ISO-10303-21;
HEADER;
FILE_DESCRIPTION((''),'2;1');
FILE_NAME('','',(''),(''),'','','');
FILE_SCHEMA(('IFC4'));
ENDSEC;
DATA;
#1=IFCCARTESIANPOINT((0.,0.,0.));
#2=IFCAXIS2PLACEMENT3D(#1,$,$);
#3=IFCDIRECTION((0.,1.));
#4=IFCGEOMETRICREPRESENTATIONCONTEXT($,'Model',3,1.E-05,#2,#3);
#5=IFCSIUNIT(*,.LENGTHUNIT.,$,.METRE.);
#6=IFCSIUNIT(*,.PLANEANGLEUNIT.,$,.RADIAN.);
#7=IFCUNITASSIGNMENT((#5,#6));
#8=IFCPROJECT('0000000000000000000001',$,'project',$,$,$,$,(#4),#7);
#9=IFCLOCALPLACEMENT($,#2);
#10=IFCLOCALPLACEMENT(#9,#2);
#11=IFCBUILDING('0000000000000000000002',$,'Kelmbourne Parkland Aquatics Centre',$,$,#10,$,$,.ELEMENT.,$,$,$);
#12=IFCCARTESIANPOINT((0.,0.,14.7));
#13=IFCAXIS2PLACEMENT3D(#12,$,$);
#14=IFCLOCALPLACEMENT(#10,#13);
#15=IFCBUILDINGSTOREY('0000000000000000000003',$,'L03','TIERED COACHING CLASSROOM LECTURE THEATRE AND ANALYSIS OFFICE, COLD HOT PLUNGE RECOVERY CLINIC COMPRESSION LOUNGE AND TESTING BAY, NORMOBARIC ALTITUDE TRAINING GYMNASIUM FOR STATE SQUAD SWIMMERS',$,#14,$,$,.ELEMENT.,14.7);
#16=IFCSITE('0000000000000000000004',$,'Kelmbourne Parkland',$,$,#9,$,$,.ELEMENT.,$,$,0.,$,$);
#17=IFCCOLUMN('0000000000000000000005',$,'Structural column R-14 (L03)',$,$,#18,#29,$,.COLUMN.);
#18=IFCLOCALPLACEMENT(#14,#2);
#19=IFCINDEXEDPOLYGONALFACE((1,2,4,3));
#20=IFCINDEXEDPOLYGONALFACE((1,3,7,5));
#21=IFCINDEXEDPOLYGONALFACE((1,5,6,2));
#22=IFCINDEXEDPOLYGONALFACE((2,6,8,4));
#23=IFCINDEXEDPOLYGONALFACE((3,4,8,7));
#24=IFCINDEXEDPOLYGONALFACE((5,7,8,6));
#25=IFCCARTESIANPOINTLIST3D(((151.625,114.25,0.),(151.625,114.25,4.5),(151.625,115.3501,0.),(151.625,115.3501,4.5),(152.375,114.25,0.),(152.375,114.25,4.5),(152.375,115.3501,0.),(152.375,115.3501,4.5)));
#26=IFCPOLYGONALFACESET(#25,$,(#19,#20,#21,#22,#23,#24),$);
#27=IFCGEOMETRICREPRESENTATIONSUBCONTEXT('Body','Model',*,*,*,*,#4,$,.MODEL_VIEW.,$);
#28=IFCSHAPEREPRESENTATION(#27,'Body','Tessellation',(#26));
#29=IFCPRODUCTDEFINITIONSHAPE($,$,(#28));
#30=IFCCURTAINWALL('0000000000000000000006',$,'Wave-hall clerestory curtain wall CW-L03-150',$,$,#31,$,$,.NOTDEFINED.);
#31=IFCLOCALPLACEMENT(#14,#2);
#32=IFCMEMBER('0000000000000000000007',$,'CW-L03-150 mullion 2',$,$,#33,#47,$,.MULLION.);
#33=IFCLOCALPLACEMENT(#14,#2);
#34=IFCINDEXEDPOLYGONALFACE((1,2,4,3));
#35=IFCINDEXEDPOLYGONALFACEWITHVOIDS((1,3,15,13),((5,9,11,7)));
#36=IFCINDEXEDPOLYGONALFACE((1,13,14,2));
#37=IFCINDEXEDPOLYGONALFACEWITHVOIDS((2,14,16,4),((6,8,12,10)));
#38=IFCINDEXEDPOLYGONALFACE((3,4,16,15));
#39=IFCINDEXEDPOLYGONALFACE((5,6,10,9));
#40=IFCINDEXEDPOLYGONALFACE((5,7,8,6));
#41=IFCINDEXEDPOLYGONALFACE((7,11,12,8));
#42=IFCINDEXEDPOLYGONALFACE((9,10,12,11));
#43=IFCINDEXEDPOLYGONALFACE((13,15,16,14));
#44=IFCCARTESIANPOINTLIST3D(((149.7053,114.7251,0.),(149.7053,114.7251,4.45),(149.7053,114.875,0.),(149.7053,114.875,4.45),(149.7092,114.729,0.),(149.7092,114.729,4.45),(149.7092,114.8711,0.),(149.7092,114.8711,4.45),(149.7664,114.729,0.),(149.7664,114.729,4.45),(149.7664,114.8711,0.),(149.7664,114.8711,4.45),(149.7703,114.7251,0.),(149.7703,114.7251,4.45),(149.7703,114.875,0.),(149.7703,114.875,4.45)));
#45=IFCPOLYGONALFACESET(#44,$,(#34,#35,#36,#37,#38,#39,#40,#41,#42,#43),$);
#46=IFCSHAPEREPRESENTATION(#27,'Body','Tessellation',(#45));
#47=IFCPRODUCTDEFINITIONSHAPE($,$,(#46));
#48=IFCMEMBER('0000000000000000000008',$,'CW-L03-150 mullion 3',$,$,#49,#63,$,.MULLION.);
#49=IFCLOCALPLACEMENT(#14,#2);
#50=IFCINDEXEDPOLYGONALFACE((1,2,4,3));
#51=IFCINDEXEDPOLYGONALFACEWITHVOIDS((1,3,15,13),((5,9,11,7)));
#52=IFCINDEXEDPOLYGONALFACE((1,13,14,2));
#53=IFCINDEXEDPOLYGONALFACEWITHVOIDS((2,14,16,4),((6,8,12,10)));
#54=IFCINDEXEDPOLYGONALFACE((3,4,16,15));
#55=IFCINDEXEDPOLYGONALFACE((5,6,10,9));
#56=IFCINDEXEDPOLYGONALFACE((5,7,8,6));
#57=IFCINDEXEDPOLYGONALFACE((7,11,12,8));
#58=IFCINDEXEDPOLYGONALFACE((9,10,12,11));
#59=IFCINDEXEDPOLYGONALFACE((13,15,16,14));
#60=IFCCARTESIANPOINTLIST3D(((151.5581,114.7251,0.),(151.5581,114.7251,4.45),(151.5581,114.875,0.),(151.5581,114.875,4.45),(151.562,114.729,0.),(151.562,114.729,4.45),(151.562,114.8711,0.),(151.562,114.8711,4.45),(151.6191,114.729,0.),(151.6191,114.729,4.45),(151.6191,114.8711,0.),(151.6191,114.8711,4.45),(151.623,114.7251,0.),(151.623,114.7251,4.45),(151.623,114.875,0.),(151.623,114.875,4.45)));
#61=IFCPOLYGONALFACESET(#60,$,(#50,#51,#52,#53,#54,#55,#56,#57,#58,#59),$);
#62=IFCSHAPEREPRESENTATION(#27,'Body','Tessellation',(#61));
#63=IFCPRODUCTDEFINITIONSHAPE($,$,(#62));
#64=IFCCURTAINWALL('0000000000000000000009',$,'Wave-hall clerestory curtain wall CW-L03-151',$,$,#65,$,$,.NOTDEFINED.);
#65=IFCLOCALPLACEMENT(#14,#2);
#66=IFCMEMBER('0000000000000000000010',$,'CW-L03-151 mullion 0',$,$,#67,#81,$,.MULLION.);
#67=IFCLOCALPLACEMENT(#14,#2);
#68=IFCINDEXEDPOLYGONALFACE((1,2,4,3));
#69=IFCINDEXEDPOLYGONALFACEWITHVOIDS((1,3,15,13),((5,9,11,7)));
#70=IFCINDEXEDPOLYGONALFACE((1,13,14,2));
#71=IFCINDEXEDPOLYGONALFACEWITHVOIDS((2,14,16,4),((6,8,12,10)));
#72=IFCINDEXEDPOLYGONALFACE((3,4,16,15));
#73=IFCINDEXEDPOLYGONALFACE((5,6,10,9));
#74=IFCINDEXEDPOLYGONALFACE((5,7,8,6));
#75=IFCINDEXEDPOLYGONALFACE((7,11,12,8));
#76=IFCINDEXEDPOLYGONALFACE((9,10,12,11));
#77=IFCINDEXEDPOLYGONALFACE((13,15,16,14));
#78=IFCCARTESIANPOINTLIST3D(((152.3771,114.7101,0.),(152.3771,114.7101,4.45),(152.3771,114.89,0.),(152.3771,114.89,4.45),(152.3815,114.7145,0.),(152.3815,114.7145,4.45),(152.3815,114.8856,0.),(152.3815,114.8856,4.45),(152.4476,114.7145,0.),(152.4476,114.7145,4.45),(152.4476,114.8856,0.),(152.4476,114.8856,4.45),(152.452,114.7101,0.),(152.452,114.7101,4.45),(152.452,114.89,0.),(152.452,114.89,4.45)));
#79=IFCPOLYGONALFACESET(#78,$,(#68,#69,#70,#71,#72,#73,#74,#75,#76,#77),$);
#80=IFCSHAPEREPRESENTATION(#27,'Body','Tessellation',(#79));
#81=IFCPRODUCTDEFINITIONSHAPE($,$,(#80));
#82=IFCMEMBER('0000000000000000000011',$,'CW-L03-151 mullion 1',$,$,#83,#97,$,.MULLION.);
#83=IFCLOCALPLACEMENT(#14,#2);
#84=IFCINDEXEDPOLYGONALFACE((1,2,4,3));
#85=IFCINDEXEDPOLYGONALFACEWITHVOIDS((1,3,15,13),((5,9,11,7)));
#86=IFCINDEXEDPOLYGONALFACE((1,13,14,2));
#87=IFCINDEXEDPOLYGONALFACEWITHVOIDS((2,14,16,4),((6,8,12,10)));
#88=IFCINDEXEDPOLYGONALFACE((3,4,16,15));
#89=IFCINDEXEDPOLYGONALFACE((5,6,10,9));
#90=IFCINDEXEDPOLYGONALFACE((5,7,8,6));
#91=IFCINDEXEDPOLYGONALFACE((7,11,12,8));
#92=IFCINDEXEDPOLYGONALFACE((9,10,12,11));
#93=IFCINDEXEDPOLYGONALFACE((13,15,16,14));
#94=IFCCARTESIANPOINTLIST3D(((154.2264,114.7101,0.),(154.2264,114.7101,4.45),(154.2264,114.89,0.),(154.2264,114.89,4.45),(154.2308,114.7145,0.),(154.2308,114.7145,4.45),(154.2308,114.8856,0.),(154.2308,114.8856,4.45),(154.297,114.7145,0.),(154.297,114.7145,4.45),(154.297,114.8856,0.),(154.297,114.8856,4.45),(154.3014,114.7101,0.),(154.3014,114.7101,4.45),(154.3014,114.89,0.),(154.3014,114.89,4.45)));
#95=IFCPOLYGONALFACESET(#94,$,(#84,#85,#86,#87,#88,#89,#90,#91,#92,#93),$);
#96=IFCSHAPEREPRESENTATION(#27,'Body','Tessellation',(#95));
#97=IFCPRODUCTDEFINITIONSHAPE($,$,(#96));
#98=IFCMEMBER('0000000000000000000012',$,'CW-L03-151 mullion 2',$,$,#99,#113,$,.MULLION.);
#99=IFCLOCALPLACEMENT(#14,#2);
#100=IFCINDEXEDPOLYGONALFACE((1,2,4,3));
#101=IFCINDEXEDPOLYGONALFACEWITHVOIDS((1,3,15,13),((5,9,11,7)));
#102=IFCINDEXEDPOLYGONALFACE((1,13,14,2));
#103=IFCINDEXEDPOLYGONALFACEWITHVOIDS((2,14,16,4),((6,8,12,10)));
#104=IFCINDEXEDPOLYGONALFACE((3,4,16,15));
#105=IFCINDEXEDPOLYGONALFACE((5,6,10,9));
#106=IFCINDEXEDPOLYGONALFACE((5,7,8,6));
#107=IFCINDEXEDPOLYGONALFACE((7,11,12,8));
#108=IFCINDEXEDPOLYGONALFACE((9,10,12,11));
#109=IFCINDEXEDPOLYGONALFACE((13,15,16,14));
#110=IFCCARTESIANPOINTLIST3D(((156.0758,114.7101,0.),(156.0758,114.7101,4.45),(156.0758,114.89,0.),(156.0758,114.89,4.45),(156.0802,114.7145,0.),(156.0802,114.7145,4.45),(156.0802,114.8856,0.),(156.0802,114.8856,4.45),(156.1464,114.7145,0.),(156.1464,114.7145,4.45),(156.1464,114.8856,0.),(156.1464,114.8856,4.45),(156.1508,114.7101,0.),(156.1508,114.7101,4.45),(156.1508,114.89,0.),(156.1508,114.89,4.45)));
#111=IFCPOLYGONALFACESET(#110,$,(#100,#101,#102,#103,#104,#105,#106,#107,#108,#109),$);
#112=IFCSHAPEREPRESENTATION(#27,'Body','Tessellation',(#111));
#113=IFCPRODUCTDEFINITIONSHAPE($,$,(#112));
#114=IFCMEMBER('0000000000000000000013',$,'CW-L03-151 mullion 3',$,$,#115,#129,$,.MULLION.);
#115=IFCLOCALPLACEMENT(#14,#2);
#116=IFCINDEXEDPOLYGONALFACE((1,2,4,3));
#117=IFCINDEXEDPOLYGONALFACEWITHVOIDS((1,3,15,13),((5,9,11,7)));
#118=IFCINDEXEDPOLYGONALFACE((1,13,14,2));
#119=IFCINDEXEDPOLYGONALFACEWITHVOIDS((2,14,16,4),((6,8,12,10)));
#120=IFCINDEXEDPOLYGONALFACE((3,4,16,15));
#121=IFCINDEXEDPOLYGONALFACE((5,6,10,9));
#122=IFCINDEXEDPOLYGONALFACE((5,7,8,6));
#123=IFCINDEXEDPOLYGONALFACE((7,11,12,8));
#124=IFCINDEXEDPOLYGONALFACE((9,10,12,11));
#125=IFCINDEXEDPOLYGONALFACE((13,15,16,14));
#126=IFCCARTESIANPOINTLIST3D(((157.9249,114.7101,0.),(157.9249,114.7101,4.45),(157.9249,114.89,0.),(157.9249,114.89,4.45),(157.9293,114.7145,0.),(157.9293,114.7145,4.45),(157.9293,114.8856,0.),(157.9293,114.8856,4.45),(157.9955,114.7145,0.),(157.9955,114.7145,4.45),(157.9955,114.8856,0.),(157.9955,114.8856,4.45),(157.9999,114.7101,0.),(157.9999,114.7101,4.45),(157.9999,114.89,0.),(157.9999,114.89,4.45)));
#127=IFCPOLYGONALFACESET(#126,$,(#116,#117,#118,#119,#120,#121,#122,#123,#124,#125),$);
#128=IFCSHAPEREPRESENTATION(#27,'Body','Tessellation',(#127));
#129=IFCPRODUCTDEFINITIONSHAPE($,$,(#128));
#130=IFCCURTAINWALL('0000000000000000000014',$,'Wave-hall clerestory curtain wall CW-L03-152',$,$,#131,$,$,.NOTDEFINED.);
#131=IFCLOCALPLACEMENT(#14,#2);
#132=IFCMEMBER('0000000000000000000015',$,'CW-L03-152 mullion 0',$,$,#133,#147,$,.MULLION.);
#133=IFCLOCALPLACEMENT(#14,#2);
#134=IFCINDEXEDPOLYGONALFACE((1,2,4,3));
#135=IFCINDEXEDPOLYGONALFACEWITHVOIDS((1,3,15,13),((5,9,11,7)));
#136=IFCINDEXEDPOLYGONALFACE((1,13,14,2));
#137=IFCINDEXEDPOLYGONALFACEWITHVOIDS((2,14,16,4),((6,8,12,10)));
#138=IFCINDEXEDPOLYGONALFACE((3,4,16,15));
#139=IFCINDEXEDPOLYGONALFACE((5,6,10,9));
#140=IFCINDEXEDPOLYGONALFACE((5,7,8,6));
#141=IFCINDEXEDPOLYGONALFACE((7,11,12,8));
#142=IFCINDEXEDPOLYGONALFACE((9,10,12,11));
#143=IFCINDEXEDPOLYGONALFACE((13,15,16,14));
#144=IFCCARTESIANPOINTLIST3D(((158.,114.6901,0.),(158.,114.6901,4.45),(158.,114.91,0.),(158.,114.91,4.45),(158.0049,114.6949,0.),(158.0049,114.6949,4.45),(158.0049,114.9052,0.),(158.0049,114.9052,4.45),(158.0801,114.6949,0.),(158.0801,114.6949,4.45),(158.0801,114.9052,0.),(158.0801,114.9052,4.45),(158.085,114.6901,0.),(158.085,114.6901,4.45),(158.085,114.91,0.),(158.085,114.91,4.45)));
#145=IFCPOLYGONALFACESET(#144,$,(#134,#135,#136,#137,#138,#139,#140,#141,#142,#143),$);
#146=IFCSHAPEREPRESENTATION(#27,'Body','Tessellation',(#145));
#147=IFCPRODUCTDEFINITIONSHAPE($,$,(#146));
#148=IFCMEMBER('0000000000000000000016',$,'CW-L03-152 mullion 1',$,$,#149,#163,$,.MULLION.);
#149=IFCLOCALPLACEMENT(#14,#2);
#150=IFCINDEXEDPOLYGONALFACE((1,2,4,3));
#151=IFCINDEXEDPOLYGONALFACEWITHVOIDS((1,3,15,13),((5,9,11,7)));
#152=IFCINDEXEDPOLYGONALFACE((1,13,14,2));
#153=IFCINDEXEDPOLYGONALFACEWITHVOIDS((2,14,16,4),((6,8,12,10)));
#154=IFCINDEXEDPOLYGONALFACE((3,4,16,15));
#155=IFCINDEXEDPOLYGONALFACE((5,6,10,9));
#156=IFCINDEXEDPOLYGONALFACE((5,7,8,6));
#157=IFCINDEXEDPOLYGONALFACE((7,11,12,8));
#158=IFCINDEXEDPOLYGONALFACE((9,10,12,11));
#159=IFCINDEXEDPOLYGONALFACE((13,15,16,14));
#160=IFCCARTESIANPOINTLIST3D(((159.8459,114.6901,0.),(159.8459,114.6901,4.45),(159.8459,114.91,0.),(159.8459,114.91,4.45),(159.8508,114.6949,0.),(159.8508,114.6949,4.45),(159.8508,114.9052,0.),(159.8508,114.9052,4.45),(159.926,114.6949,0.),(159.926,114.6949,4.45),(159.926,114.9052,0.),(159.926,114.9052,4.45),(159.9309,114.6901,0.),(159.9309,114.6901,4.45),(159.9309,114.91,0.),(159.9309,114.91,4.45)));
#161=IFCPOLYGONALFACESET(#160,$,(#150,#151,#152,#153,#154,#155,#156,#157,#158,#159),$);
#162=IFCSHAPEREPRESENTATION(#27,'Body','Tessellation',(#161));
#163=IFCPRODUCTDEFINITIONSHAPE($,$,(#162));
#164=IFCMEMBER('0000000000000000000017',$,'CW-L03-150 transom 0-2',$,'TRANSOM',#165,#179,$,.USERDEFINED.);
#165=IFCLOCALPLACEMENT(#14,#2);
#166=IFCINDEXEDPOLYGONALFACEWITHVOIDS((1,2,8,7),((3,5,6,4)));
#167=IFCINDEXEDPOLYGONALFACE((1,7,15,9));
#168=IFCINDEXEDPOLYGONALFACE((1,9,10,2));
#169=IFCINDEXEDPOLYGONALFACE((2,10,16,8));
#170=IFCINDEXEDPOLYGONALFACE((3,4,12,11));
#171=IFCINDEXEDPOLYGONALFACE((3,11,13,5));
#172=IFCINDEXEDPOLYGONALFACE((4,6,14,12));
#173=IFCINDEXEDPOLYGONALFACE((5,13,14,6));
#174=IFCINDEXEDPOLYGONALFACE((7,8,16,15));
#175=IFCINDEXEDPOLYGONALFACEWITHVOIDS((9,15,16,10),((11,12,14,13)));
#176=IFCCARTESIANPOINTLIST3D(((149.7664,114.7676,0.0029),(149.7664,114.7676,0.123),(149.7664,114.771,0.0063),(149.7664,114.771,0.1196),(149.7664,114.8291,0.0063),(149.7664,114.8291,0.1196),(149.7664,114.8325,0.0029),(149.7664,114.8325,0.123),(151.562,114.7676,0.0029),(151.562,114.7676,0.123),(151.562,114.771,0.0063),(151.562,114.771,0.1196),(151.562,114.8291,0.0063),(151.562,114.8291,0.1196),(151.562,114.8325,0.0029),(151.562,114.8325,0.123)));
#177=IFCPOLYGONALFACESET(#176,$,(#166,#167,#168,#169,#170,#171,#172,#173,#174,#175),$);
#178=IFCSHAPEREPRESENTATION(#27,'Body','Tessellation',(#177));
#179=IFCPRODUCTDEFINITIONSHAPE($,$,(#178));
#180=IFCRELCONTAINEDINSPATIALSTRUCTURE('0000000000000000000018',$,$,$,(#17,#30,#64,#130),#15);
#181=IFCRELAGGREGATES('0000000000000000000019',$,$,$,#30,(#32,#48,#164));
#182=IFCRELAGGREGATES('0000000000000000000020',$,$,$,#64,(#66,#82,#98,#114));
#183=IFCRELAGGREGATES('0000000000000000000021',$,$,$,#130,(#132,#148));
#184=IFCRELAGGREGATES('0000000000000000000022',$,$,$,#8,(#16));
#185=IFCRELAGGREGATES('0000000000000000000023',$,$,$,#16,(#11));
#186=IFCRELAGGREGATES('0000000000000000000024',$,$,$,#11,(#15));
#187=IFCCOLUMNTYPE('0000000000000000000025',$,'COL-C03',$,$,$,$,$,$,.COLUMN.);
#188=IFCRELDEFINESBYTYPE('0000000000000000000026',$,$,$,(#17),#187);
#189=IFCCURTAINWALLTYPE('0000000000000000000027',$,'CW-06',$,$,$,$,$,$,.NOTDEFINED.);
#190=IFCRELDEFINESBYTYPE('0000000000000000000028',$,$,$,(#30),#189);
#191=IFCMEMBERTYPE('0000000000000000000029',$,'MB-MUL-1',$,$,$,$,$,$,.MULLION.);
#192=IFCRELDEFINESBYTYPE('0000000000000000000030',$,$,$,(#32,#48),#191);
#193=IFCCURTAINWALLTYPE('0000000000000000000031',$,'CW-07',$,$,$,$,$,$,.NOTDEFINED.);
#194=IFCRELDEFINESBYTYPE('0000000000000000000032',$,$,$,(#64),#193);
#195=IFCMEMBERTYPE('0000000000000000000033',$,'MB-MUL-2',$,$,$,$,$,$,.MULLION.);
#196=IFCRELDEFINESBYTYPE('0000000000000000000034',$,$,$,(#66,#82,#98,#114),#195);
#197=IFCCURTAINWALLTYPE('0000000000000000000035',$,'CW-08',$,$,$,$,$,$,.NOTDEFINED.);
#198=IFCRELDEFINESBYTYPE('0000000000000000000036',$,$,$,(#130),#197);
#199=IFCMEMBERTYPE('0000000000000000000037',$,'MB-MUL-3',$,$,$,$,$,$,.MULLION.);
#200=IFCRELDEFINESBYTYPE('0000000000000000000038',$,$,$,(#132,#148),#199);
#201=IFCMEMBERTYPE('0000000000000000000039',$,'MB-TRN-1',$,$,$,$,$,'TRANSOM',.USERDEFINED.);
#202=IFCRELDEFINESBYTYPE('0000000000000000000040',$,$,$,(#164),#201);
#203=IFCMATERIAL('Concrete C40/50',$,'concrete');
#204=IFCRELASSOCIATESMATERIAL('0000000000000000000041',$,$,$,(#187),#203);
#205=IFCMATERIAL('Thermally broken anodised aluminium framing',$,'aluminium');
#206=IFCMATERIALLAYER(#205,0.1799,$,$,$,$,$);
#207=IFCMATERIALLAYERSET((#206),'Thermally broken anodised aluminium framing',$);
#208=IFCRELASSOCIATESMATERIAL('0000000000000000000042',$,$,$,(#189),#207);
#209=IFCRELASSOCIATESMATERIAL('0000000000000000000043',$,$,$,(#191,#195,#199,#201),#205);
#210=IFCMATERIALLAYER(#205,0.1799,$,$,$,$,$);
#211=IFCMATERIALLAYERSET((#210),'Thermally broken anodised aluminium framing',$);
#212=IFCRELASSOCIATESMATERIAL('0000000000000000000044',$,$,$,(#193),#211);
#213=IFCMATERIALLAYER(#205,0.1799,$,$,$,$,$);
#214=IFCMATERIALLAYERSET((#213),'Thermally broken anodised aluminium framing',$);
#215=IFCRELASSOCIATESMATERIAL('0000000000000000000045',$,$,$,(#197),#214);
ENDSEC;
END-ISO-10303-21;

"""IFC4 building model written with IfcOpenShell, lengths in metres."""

from ifc_helpers import new_model, si_unit, direction, frame, origin, origin_2d, place, context, subcontext, project, spatial, rectangle, hollow_rectangle, extrude, material, layer, layer_set, material_profile, profile_set, type_object, element, aggregate, save


model = new_model("IFC4")

# Units and contexts
model_context = context("Model", 3, precision=1e-05, world=origin(), true_north=direction((0.0, 1.0)))
body_context = subcontext(model_context, "Body", "Model", "MODEL_VIEW")
ifc_project = project(units=[si_unit("LENGTHUNIT", "METRE"), si_unit("PLANEANGLEUNIT", "RADIAN")], contexts=[model_context])

# Site, building, storey
site_placement = place(None, origin())
site = spatial("IfcSite", under=ifc_project, at=site_placement, Name="Kelmbourne Parkland", CompositionType="ELEMENT", RefElevation=0.0)
building_placement = place(site_placement, origin())
building = spatial("IfcBuilding", under=site, at=building_placement, Name="Kelmbourne Parkland Aquatics Centre", CompositionType="ELEMENT")
storey_placement = place(building_placement, frame((0.0, 0.0, 14.7)))
storey = spatial("IfcBuildingStorey", under=building, at=storey_placement, Name="L03", Description="TIERED COACHING CLASSROOM LECTURE THEATRE AND ANALYSIS OFFICE, COLD HOT PLUNGE RECOVERY CLINIC COMPRESSION LOUNGE AND TESTING BAY, NORMOBARIC ALTITUDE TRAINING GYMNASIUM FOR STATE SQUAD SWIMMERS", CompositionType="ELEMENT", Elevation=14.7)

# Column
ifc_material_1 = material(Name="Concrete C40/50", Category="concrete")
ifc_material_profile_1 = material_profile(ifc_material_1, rectangle(XDim=0.75, YDim=1.1001, at=origin_2d()), Name="RC 750x1100")
ifc_profile_set_1 = profile_set([ifc_material_profile_1], Name="Concrete C40/50")
column_type = type_object("IfcColumnType", Name="COL-C03", PredefinedType="COLUMN", material=ifc_profile_set_1)
column_placement = place(storey_placement, frame((152.0, 114.8, 0.0), z_axis=(0.0, 0.0, 1.0), x_axis=(1.0, 0.0, 0.0)))
element("IfcColumn", 1, at=column_placement, inside=storey, type_object=column_type, Name="Structural column R-14 (L03)", PredefinedType="COLUMN", context=body_context, shape_type="SweptSolid", body=[
    extrude(rectangle(XDim=0.75, YDim=1.1001, at=origin_2d()), origin(), (0.0, 0.0, 1.0), 4.5),
])

# Curtain walls, members
ifc_material_2 = material(Name="Thermally broken anodised aluminium framing", Category="aluminium")
ifc_layer_1 = layer(ifc_material_2, 0.1799)
ifc_layer_set_1 = layer_set([ifc_layer_1], Name="Thermally broken anodised aluminium framing")
curtain_wall_type_1 = type_object("IfcCurtainWallType", Name="CW-06", PredefinedType="NOTDEFINED", material=ifc_layer_set_1)
curtain_wall_1_placement = place(storey_placement, origin())
curtain_wall_1 = element("IfcCurtainWall", 2, at=curtain_wall_1_placement, inside=storey, type_object=curtain_wall_type_1, Name="Wave-hall clerestory curtain wall CW-L03-150", PredefinedType="NOTDEFINED")
ifc_material_profile_2 = material_profile(ifc_material_2, hollow_rectangle(XDim=0.0649, YDim=0.1499, WallThickness=0.0039, at=origin_2d()), Name="CW-M 65x150")
ifc_profile_set_2 = profile_set([ifc_material_profile_2], Name="Thermally broken anodised aluminium framing")
member_type_1 = type_object("IfcMemberType", Name="MB-MUL-1", PredefinedType="MULLION", material=ifc_profile_set_2)
member_1_placement = place(storey_placement, frame((149.7378, 114.8, 0.0), z_axis=(0.0, 0.0, 1.0), x_axis=(1.0, 0.0, 0.0)))
member_1 = element("IfcMember", 3, at=member_1_placement, type_object=member_type_1, Name="CW-L03-150 mullion 2", PredefinedType="MULLION", context=body_context, shape_type="SweptSolid", body=[
    extrude(hollow_rectangle(XDim=0.0649, YDim=0.1499, WallThickness=0.0039, at=origin_2d()), origin(), (0.0, 0.0, 1.0), 4.45),
])
member_2_placement = place(storey_placement, frame((151.5906, 114.8, 0.0), z_axis=(0.0, 0.0, 1.0), x_axis=(1.0, 0.0, 0.0)))
member_2 = element("IfcMember", 4, at=member_2_placement, type_object=member_type_1, Name="CW-L03-150 mullion 3", PredefinedType="MULLION", context=body_context, shape_type="SweptSolid", body=[
    extrude(hollow_rectangle(XDim=0.0649, YDim=0.1499, WallThickness=0.0039, at=origin_2d()), origin(), (0.0, 0.0, 1.0), 4.45),
])
ifc_layer_2 = layer(ifc_material_2, 0.1799)
ifc_layer_set_2 = layer_set([ifc_layer_2], Name="Thermally broken anodised aluminium framing")
curtain_wall_type_2 = type_object("IfcCurtainWallType", Name="CW-07", PredefinedType="NOTDEFINED", material=ifc_layer_set_2)
curtain_wall_2_placement = place(storey_placement, origin())
curtain_wall_2 = element("IfcCurtainWall", 5, at=curtain_wall_2_placement, inside=storey, type_object=curtain_wall_type_2, Name="Wave-hall clerestory curtain wall CW-L03-151", PredefinedType="NOTDEFINED")
ifc_material_profile_3 = material_profile(ifc_material_2, hollow_rectangle(XDim=0.075, YDim=0.1799, WallThickness=0.0044, at=origin_2d()), Name="CW-M 75x180")
ifc_profile_set_3 = profile_set([ifc_material_profile_3], Name="Thermally broken anodised aluminium framing")
member_type_2 = type_object("IfcMemberType", Name="MB-MUL-2", PredefinedType="MULLION", material=ifc_profile_set_3)
member_3_placement = place(storey_placement, frame((152.4146, 114.8, 0.0), z_axis=(0.0, 0.0, 1.0), x_axis=(1.0, 0.0, 0.0)))
member_3 = element("IfcMember", 6, at=member_3_placement, type_object=member_type_2, Name="CW-L03-151 mullion 0", PredefinedType="MULLION", context=body_context, shape_type="SweptSolid", body=[
    extrude(hollow_rectangle(XDim=0.075, YDim=0.1799, WallThickness=0.0044, at=origin_2d()), origin(), (0.0, 0.0, 1.0), 4.45),
])
member_4_placement = place(storey_placement, frame((154.2639, 114.8, 0.0), z_axis=(0.0, 0.0, 1.0), x_axis=(1.0, 0.0, 0.0)))
member_4 = element("IfcMember", 7, at=member_4_placement, type_object=member_type_2, Name="CW-L03-151 mullion 1", PredefinedType="MULLION", context=body_context, shape_type="SweptSolid", body=[
    extrude(hollow_rectangle(XDim=0.075, YDim=0.1799, WallThickness=0.0044, at=origin_2d()), origin(), (0.0, 0.0, 1.0), 4.45),
])
member_5_placement = place(storey_placement, frame((156.1133, 114.8, 0.0), z_axis=(0.0, 0.0, 1.0), x_axis=(1.0, 0.0, 0.0)))
member_5 = element("IfcMember", 8, at=member_5_placement, type_object=member_type_2, Name="CW-L03-151 mullion 2", PredefinedType="MULLION", context=body_context, shape_type="SweptSolid", body=[
    extrude(hollow_rectangle(XDim=0.075, YDim=0.1799, WallThickness=0.0044, at=origin_2d()), origin(), (0.0, 0.0, 1.0), 4.45),
])
member_6_placement = place(storey_placement, frame((157.9624, 114.8, 0.0), z_axis=(0.0, 0.0, 1.0), x_axis=(1.0, 0.0, 0.0)))
member_6 = element("IfcMember", 9, at=member_6_placement, type_object=member_type_2, Name="CW-L03-151 mullion 3", PredefinedType="MULLION", context=body_context, shape_type="SweptSolid", body=[
    extrude(hollow_rectangle(XDim=0.075, YDim=0.1799, WallThickness=0.0044, at=origin_2d()), origin(), (0.0, 0.0, 1.0), 4.45),
])
ifc_layer_3 = layer(ifc_material_2, 0.1799)
ifc_layer_set_3 = layer_set([ifc_layer_3], Name="Thermally broken anodised aluminium framing")
curtain_wall_type_3 = type_object("IfcCurtainWallType", Name="CW-08", PredefinedType="NOTDEFINED", material=ifc_layer_set_3)
curtain_wall_3_placement = place(storey_placement, origin())
curtain_wall_3 = element("IfcCurtainWall", 10, at=curtain_wall_3_placement, inside=storey, type_object=curtain_wall_type_3, Name="Wave-hall clerestory curtain wall CW-L03-152", PredefinedType="NOTDEFINED")
ifc_material_profile_4 = material_profile(ifc_material_2, hollow_rectangle(XDim=0.085, YDim=0.22, WallThickness=0.0049, at=origin_2d()), Name="CW-M 85x220")
ifc_profile_set_4 = profile_set([ifc_material_profile_4], Name="Thermally broken anodised aluminium framing")
member_type_3 = type_object("IfcMemberType", Name="MB-MUL-3", PredefinedType="MULLION", material=ifc_profile_set_4)
member_7_placement = place(storey_placement, frame((158.0425, 114.8, 0.0), z_axis=(0.0, 0.0, 1.0), x_axis=(1.0, 0.0, 0.0)))
member_7 = element("IfcMember", 11, at=member_7_placement, type_object=member_type_3, Name="CW-L03-152 mullion 0", PredefinedType="MULLION", context=body_context, shape_type="SweptSolid", body=[
    extrude(hollow_rectangle(XDim=0.085, YDim=0.22, WallThickness=0.0049, at=origin_2d()), origin(), (0.0, 0.0, 1.0), 4.45),
])
member_8_placement = place(storey_placement, frame((159.8884, 114.8, 0.0), z_axis=(0.0, 0.0, 1.0), x_axis=(1.0, 0.0, 0.0)))
member_8 = element("IfcMember", 12, at=member_8_placement, type_object=member_type_3, Name="CW-L03-152 mullion 1", PredefinedType="MULLION", context=body_context, shape_type="SweptSolid", body=[
    extrude(hollow_rectangle(XDim=0.085, YDim=0.22, WallThickness=0.0049, at=origin_2d()), origin(), (0.0, 0.0, 1.0), 4.45),
])

# Member
ifc_material_profile_5 = material_profile(ifc_material_2, hollow_rectangle(XDim=0.0649, YDim=0.1201, WallThickness=0.0034, at=origin_2d()), Name="CW-T 65x120")
ifc_profile_set_5 = profile_set([ifc_material_profile_5], Name="Thermally broken anodised aluminium framing")
member_type_4 = type_object("IfcMemberType", Name="MB-TRN-1", ElementType="TRANSOM", PredefinedType="USERDEFINED", material=ifc_profile_set_5)
member_9_placement = place(storey_placement, frame((149.7664, 114.8, 0.063), z_axis=(1.0, 0.0, 0.0), x_axis=(0.0, 1.0, 0.0)))
member_9 = element("IfcMember", 13, at=member_9_placement, type_object=member_type_4, Name="CW-L03-150 transom 0-2", ObjectType="TRANSOM", PredefinedType="USERDEFINED", context=body_context, shape_type="SweptSolid", body=[
    extrude(hollow_rectangle(XDim=0.0649, YDim=0.1201, WallThickness=0.0034, at=origin_2d()), origin(), (0.0, 0.0, 1.0), 1.7957),
])

aggregate(curtain_wall_1, [member_1, member_2, member_9])
aggregate(curtain_wall_2, [member_3, member_4, member_5, member_6])
aggregate(curtain_wall_3, [member_7, member_8])

save(model, "model.ifc")
